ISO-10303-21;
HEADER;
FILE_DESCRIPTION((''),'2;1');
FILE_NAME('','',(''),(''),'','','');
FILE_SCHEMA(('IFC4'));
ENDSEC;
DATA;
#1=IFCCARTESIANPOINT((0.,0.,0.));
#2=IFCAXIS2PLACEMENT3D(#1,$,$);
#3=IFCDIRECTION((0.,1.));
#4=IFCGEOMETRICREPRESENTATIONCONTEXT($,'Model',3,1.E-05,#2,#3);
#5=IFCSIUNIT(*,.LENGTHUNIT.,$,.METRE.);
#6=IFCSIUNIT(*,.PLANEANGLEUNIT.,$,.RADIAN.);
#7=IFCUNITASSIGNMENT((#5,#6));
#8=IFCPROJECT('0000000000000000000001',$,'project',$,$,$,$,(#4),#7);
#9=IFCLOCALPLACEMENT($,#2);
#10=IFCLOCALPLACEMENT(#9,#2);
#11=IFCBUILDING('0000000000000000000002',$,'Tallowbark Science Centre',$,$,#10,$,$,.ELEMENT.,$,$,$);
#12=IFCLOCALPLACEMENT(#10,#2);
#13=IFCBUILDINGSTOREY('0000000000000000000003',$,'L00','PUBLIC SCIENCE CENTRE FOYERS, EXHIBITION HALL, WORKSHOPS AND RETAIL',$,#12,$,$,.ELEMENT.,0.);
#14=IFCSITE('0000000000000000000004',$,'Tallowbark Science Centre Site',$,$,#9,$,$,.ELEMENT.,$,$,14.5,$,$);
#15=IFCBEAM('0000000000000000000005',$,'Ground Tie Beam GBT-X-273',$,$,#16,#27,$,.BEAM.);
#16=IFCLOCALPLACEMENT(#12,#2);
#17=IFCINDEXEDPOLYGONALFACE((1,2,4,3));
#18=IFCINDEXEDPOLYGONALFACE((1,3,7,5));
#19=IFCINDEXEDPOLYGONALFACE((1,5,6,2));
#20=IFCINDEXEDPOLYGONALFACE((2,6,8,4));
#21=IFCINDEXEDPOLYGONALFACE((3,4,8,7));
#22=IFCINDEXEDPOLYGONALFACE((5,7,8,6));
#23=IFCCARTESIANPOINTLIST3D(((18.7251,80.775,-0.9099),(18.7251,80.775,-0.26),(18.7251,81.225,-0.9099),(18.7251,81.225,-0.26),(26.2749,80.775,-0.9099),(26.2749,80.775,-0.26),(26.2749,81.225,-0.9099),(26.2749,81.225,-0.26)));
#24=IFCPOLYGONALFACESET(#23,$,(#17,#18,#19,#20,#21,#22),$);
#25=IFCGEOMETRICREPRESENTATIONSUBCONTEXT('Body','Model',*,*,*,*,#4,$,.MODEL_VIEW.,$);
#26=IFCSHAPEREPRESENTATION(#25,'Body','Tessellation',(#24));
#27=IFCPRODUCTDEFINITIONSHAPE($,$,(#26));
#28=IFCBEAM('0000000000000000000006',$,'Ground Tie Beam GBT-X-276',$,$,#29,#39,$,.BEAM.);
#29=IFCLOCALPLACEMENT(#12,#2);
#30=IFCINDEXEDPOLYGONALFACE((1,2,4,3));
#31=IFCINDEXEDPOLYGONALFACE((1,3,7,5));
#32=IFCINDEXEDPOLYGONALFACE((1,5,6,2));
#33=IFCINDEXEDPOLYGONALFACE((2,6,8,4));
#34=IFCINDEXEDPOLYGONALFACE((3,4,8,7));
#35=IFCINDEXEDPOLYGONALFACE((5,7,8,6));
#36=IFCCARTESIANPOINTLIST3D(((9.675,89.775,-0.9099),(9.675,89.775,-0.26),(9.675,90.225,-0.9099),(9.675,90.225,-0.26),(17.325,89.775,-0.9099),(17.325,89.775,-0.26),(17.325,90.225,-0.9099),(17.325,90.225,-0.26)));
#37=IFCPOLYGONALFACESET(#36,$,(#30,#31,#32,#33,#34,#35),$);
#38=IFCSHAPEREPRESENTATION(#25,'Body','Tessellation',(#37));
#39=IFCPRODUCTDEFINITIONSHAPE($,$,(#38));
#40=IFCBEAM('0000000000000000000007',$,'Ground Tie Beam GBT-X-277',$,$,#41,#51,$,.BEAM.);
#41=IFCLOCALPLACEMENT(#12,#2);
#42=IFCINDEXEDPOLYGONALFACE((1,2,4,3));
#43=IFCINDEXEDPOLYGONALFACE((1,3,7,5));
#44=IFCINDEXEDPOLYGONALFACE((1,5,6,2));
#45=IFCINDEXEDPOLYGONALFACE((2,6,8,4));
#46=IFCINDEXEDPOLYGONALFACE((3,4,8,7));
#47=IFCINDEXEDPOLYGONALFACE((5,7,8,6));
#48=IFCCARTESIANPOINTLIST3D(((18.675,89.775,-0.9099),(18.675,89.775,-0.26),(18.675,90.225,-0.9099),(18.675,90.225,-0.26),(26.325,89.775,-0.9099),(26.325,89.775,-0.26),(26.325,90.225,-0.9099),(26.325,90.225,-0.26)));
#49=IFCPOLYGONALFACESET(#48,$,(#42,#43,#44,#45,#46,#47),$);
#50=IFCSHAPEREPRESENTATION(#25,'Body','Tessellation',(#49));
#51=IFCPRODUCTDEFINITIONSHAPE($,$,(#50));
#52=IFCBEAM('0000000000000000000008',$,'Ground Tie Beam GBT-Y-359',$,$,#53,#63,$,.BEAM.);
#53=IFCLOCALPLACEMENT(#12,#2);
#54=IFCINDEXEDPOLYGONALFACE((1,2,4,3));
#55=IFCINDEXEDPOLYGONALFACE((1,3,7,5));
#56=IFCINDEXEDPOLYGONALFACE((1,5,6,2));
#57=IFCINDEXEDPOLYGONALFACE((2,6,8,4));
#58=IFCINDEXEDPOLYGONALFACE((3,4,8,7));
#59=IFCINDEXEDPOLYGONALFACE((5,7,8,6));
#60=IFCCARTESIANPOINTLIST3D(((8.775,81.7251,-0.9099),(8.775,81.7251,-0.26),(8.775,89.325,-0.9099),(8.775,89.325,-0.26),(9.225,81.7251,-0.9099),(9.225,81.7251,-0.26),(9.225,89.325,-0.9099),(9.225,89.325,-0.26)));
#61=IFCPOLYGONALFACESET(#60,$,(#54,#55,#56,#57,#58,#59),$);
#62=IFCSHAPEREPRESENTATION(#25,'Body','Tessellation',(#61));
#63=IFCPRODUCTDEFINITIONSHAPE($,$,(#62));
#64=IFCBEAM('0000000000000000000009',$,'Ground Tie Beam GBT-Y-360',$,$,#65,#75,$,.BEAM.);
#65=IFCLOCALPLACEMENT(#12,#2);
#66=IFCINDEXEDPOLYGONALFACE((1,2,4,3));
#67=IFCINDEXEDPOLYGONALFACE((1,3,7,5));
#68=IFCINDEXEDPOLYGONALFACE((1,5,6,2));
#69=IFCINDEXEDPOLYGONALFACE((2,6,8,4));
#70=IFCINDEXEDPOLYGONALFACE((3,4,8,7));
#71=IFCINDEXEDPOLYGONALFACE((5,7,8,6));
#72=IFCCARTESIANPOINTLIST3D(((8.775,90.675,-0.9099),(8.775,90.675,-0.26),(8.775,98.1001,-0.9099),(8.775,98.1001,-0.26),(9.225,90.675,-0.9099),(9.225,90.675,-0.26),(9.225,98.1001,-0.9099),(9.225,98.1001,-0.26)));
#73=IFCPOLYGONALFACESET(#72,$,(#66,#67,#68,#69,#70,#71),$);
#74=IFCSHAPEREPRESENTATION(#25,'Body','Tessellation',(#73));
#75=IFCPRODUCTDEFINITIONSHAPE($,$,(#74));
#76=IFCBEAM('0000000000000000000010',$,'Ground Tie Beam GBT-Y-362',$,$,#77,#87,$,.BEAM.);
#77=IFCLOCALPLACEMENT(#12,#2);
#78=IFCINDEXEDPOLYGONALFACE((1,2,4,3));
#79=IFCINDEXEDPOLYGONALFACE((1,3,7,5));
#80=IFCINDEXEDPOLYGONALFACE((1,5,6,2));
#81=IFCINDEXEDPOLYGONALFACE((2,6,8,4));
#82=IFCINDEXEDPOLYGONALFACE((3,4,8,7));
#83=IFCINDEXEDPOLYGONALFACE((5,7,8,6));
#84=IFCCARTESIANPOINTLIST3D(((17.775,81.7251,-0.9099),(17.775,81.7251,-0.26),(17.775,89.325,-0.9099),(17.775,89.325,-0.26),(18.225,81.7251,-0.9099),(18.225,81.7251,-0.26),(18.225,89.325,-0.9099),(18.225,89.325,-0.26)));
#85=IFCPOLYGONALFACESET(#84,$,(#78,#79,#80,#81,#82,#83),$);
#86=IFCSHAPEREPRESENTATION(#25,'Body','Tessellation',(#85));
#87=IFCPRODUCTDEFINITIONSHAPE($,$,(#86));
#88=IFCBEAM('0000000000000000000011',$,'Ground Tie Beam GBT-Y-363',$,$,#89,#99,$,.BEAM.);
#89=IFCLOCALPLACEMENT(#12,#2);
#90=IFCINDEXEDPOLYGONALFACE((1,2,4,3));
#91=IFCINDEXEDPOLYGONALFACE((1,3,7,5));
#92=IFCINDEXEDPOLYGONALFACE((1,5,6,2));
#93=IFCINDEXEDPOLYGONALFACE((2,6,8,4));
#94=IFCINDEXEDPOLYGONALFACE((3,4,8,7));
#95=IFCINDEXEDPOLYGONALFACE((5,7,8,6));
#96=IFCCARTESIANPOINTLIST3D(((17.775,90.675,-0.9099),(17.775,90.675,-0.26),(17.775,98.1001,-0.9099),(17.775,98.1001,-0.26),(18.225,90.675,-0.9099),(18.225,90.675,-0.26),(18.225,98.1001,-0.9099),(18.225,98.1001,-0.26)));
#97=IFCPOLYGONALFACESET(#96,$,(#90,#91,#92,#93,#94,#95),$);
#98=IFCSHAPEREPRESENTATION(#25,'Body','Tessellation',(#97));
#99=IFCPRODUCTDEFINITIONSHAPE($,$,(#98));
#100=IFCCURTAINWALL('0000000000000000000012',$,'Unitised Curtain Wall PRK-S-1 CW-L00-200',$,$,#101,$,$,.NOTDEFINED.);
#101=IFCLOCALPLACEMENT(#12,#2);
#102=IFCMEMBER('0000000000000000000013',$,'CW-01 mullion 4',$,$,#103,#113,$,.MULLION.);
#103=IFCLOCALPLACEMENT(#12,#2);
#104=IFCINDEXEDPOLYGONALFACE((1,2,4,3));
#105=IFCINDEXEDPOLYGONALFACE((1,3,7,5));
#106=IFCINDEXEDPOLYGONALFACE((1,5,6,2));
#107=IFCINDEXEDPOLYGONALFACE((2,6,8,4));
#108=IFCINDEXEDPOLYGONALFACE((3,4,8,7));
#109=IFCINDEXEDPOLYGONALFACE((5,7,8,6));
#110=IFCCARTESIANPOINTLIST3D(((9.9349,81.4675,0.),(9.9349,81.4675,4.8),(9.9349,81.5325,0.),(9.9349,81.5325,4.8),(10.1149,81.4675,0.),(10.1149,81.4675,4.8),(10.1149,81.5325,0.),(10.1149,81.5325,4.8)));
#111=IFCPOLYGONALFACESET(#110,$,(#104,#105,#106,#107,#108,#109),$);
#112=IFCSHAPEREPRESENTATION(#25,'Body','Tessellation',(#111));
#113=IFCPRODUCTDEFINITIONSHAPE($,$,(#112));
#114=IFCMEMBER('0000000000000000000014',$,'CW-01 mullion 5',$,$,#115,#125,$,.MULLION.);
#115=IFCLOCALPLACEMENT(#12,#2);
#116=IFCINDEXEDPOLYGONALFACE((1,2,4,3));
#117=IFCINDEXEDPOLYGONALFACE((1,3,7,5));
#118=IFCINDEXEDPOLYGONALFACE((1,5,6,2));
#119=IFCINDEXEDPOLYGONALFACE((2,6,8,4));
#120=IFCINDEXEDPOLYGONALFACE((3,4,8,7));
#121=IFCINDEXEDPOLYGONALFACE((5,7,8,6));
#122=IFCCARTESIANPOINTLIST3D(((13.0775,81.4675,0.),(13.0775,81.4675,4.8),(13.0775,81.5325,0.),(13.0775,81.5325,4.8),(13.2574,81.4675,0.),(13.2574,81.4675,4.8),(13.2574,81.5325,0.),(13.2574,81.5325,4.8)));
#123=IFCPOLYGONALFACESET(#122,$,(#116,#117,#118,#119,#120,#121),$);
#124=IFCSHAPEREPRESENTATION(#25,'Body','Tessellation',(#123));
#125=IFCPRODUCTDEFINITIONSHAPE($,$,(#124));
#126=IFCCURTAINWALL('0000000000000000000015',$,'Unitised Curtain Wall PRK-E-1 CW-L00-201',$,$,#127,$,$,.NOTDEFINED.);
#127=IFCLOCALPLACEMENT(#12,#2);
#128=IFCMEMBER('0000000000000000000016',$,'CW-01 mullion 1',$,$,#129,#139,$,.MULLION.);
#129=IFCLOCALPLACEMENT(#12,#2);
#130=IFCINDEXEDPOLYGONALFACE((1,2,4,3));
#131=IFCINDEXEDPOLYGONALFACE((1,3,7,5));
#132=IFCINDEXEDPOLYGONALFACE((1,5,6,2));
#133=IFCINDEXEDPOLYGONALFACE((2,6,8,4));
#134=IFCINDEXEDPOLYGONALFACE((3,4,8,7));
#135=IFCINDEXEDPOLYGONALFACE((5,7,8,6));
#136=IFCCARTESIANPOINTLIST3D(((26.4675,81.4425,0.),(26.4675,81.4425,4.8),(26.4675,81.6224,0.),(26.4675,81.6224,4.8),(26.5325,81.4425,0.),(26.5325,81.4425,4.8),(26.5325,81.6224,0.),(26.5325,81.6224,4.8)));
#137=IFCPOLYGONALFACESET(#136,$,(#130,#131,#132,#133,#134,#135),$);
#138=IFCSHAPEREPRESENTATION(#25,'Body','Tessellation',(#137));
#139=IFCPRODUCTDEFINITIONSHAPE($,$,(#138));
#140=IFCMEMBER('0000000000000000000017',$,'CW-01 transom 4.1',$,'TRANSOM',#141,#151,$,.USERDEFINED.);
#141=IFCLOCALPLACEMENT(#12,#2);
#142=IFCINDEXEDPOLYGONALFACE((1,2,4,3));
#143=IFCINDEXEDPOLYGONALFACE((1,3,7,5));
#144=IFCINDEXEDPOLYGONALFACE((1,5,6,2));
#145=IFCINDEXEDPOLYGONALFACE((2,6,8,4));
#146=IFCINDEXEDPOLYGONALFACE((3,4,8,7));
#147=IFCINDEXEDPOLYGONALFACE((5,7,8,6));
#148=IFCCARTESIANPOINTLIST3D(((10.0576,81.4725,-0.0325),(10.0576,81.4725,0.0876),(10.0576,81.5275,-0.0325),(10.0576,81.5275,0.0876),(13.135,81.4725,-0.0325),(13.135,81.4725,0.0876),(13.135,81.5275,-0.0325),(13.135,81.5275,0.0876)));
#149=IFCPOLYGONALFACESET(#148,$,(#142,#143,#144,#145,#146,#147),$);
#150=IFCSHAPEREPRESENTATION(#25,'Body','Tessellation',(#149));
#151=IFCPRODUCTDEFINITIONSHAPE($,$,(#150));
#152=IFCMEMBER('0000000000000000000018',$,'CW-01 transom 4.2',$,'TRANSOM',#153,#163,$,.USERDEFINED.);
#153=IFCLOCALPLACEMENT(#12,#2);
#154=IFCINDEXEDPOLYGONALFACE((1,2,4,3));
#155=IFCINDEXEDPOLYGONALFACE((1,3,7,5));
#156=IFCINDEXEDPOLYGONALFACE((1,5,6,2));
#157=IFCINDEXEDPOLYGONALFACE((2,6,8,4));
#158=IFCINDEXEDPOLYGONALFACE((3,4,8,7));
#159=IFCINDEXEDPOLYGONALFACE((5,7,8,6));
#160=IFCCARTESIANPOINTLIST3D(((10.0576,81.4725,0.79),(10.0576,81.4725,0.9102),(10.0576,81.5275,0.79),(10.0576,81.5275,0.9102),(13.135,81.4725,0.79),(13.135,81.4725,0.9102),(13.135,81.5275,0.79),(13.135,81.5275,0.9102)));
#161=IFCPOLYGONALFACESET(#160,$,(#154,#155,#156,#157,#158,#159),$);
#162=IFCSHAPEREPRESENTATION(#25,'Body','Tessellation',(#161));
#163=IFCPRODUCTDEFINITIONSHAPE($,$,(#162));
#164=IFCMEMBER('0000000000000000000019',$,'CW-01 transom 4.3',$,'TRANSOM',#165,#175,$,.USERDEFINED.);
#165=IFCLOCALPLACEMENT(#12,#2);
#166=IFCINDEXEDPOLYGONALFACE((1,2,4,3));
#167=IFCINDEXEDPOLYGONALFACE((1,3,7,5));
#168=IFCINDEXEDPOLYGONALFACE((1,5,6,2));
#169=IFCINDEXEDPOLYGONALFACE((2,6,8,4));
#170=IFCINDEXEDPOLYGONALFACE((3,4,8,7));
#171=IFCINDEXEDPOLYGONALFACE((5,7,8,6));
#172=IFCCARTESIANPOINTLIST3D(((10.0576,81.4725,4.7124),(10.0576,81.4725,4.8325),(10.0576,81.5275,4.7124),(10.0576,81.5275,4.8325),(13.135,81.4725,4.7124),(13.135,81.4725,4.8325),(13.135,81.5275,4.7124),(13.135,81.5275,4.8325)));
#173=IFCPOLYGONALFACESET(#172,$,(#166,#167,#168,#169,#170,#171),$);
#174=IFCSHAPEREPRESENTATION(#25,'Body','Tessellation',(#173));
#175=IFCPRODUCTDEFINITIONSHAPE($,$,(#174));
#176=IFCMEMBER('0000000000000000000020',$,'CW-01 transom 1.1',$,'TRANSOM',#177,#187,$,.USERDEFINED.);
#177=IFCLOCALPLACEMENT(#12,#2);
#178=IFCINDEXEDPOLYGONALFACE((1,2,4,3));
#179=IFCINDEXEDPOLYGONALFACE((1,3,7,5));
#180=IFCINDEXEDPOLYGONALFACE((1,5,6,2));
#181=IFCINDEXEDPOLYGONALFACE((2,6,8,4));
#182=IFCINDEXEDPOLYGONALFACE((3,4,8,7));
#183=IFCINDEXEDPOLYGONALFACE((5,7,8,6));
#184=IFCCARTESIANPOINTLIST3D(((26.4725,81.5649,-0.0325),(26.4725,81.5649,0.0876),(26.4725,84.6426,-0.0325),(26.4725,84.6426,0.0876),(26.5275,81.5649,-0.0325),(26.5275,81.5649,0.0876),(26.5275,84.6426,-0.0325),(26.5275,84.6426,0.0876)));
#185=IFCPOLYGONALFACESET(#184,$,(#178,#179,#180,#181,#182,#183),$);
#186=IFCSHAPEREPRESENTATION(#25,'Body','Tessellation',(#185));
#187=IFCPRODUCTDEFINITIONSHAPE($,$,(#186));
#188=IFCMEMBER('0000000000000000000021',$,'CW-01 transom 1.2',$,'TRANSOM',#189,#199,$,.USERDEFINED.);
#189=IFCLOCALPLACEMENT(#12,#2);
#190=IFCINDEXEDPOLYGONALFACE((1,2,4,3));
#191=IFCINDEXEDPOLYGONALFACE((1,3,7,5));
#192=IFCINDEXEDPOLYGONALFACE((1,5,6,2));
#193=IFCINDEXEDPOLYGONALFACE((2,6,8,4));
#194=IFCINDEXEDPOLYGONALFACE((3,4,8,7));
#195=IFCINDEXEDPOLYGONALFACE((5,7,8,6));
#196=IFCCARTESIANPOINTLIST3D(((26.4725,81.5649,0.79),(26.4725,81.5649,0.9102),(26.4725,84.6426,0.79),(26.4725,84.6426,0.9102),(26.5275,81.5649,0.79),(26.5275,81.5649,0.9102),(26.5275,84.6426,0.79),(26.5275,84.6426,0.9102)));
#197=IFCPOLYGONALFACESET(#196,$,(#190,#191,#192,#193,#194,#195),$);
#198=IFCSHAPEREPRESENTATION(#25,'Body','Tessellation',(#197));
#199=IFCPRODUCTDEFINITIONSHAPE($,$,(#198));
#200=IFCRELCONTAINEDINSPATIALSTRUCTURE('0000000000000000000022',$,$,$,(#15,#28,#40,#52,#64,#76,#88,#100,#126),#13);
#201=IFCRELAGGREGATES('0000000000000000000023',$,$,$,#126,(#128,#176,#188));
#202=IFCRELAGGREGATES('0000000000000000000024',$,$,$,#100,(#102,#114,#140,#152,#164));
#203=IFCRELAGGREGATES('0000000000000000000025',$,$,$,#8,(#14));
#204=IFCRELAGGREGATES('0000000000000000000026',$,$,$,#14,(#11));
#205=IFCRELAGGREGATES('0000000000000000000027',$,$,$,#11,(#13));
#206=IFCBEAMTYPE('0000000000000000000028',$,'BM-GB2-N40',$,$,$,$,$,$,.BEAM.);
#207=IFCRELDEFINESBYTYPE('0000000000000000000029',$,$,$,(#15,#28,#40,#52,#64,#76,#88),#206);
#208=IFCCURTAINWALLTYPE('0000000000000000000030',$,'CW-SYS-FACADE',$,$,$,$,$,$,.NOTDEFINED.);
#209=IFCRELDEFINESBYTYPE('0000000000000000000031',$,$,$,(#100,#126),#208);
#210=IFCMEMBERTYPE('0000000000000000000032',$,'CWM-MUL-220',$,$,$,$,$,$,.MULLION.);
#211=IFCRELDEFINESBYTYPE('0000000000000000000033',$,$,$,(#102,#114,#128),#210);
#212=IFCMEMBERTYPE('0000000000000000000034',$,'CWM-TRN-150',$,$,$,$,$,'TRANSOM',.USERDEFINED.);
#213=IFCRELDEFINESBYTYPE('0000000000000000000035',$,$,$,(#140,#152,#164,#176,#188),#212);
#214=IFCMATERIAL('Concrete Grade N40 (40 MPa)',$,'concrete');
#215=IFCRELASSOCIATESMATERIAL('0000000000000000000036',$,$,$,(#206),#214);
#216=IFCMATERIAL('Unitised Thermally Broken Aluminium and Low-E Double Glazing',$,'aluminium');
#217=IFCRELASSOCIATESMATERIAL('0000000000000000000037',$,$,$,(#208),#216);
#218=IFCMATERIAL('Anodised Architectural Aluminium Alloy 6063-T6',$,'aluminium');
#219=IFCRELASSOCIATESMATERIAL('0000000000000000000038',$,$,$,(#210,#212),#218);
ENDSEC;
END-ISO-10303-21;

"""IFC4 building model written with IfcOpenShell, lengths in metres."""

from ifc_helpers import new_model, si_unit, direction, frame, origin, origin_2d, place, context, subcontext, project, spatial, rectangle, extrude, material, material_profile, profile_set, type_object, element, aggregate, save


model = new_model("IFC4")

# Units and contexts
model_context = context("Model", 3, precision=1e-05, world=origin(), true_north=direction((0.0, 1.0)))
body_context = subcontext(model_context, "Body", "Model", "MODEL_VIEW")
ifc_project = project(units=[si_unit("LENGTHUNIT", "METRE"), si_unit("PLANEANGLEUNIT", "RADIAN")], contexts=[model_context])

# Site, building, storey
site_placement = place(None, origin())
site = spatial("IfcSite", under=ifc_project, at=site_placement, Name="Tallowbark Science Centre Site", CompositionType="ELEMENT", RefElevation=14.5)
building_placement = place(site_placement, origin())
building = spatial("IfcBuilding", under=site, at=building_placement, Name="Tallowbark Science Centre", CompositionType="ELEMENT")
storey_placement = place(building_placement, origin())
storey = spatial("IfcBuildingStorey", under=building, at=storey_placement, Name="L00", Description="PUBLIC SCIENCE CENTRE FOYERS, EXHIBITION HALL, WORKSHOPS AND RETAIL", CompositionType="ELEMENT", Elevation=0.0)

# Shared definitions
ifc_material_1 = material(Name="Concrete Grade N40 (40 MPa)", Category="concrete")

# Beams
ifc_material_profile_1 = material_profile(ifc_material_1, rectangle(XDim=0.45, YDim=0.6499, at=origin_2d()), Name="RC450x650")
ifc_profile_set_1 = profile_set([ifc_material_profile_1], Name="Concrete Grade N40 (40 MPa)")
beam_type = type_object("IfcBeamType", Name="BM-GB2-N40", PredefinedType="BEAM", material=ifc_profile_set_1)
for number, where, z_axis, x_axis, name in (
    (1, (18.7251, 81.0, -0.585), (1.0, 0.0, 0.0), (0.0, 1.0, 0.0), "Ground Tie Beam GBT-X-273"),
):
    element("IfcBeam", number, at=place(storey_placement, frame(where, z_axis=z_axis, x_axis=x_axis)), inside=storey, type_object=beam_type, Name=name, PredefinedType="BEAM", context=body_context, shape_type="SweptSolid", body=[
        extrude(rectangle(XDim=0.45, YDim=0.6499, at=origin_2d()), origin(), (0.0, 0.0, 1.0), 7.5498),
    ])
for number, where, z_axis, x_axis, name in (
    (2, (9.675, 90.0, -0.585), (1.0, 0.0, 0.0), (0.0, 1.0, 0.0), "Ground Tie Beam GBT-X-276"),
    (3, (18.675, 90.0, -0.585), (1.0, 0.0, 0.0), (0.0, 1.0, 0.0), "Ground Tie Beam GBT-X-277"),
):
    element("IfcBeam", number, at=place(storey_placement, frame(where, z_axis=z_axis, x_axis=x_axis)), inside=storey, type_object=beam_type, Name=name, PredefinedType="BEAM", context=body_context, shape_type="SweptSolid", body=[
        extrude(rectangle(XDim=0.45, YDim=0.6499, at=origin_2d()), origin(), (0.0, 0.0, 1.0), 7.6499),
    ])
beam_1_placement = place(storey_placement, frame((9.0, 81.7251, -0.585), z_axis=(0.0, 1.0, 0.0), x_axis=(-1.0, 0.0, 0.0)))
element("IfcBeam", 4, at=beam_1_placement, inside=storey, type_object=beam_type, Name="Ground Tie Beam GBT-Y-359", PredefinedType="BEAM", context=body_context, shape_type="SweptSolid", body=[
    extrude(rectangle(XDim=0.45, YDim=0.6499, at=origin_2d()), origin(), (0.0, 0.0, 1.0), 7.5999),
])
beam_2_placement = place(storey_placement, frame((9.0, 90.675, -0.585), z_axis=(0.0, 1.0, 0.0), x_axis=(-1.0, 0.0, 0.0)))
element("IfcBeam", 5, at=beam_2_placement, inside=storey, type_object=beam_type, Name="Ground Tie Beam GBT-Y-360", PredefinedType="BEAM", context=body_context, shape_type="SweptSolid", body=[
    extrude(rectangle(XDim=0.45, YDim=0.6499, at=origin_2d()), origin(), (0.0, 0.0, 1.0), 7.425),
])
beam_3_placement = place(storey_placement, frame((18.0, 81.7251, -0.585), z_axis=(0.0, 1.0, 0.0), x_axis=(-1.0, 0.0, 0.0)))
element("IfcBeam", 6, at=beam_3_placement, inside=storey, type_object=beam_type, Name="Ground Tie Beam GBT-Y-362", PredefinedType="BEAM", context=body_context, shape_type="SweptSolid", body=[
    extrude(rectangle(XDim=0.45, YDim=0.6499, at=origin_2d()), origin(), (0.0, 0.0, 1.0), 7.5999),
])
beam_4_placement = place(storey_placement, frame((18.0, 90.675, -0.585), z_axis=(0.0, 1.0, 0.0), x_axis=(-1.0, 0.0, 0.0)))
element("IfcBeam", 7, at=beam_4_placement, inside=storey, type_object=beam_type, Name="Ground Tie Beam GBT-Y-363", PredefinedType="BEAM", context=body_context, shape_type="SweptSolid", body=[
    extrude(rectangle(XDim=0.45, YDim=0.6499, at=origin_2d()), origin(), (0.0, 0.0, 1.0), 7.425),
])

# Curtain wall, members
ifc_material_2 = material(Name="Unitised Thermally Broken Aluminium and Low-E Double Glazing", Category="aluminium")
curtain_wall_type = type_object("IfcCurtainWallType", Name="CW-SYS-FACADE", PredefinedType="NOTDEFINED", material=ifc_material_2)
curtain_wall_1_placement = place(storey_placement, origin())
curtain_wall_1 = element("IfcCurtainWall", 8, at=curtain_wall_1_placement, inside=storey, type_object=curtain_wall_type, Name="Unitised Curtain Wall PRK-S-1 CW-L00-200", PredefinedType="NOTDEFINED")
ifc_material_3 = material(Name="Anodised Architectural Aluminium Alloy 6063-T6", Category="aluminium")
ifc_material_profile_2 = material_profile(ifc_material_3, rectangle(XDim=0.0649, YDim=0.1799, at=origin_2d()), Name="ALU65x180")
ifc_profile_set_2 = profile_set([ifc_material_profile_2], Name="Anodised Architectural Aluminium Alloy 6063-T6")
member_type_1 = type_object("IfcMemberType", Name="CWM-MUL-220", PredefinedType="MULLION", material=ifc_profile_set_2)
member_1_placement = place(storey_placement, frame((10.0249, 81.5, 0.0), z_axis=(0.0, 0.0, 1.0), x_axis=(0.0, 1.0, 0.0)))
member_1 = element("IfcMember", 9, at=member_1_placement, type_object=member_type_1, Name="CW-01 mullion 4", PredefinedType="MULLION", context=body_context, shape_type="SweptSolid", body=[
    extrude(rectangle(XDim=0.0649, YDim=0.1799, at=origin_2d()), origin(), (0.0, 0.0, 1.0), 4.8),
])
member_2_placement = place(storey_placement, frame((13.1675, 81.5, 0.0), z_axis=(0.0, 0.0, 1.0), x_axis=(0.0, 1.0, 0.0)))
member_2 = element("IfcMember", 10, at=member_2_placement, type_object=member_type_1, Name="CW-01 mullion 5", PredefinedType="MULLION", context=body_context, shape_type="SweptSolid", body=[
    extrude(rectangle(XDim=0.0649, YDim=0.1799, at=origin_2d()), origin(), (0.0, 0.0, 1.0), 4.8),
])

# Curtain wall, member
curtain_wall_2_placement = place(storey_placement, origin())
curtain_wall_2 = element("IfcCurtainWall", 11, at=curtain_wall_2_placement, inside=storey, type_object=curtain_wall_type, Name="Unitised Curtain Wall PRK-E-1 CW-L00-201", PredefinedType="NOTDEFINED")
member_3_placement = place(storey_placement, frame((26.5, 81.5325, 0.0), z_axis=(0.0, 0.0, 1.0), x_axis=(-1.0, 0.0, 0.0)))
member_3 = element("IfcMember", 12, at=member_3_placement, type_object=member_type_1, Name="CW-01 mullion 1", PredefinedType="MULLION", context=body_context, shape_type="SweptSolid", body=[
    extrude(rectangle(XDim=0.0649, YDim=0.1799, at=origin_2d()), origin(), (0.0, 0.0, 1.0), 4.8),
])

# Members
ifc_material_profile_3 = material_profile(ifc_material_3, rectangle(XDim=0.0549, YDim=0.1201, at=origin_2d()), Name="ALU55x120")
ifc_profile_set_3 = profile_set([ifc_material_profile_3], Name="Anodised Architectural Aluminium Alloy 6063-T6")
member_type_2 = type_object("IfcMemberType", Name="CWM-TRN-150", ElementType="TRANSOM", PredefinedType="USERDEFINED", material=ifc_profile_set_3)
member_4_placement = place(storey_placement, frame((10.0576, 81.5, 0.0276), z_axis=(1.0, 0.0, 0.0), x_axis=(0.0, 1.0, 0.0)))
member_4 = element("IfcMember", 13, at=member_4_placement, type_object=member_type_2, Name="CW-01 transom 4.1", ObjectType="TRANSOM", PredefinedType="USERDEFINED", context=body_context, shape_type="SweptSolid", body=[
    extrude(rectangle(XDim=0.0549, YDim=0.1201, at=origin_2d()), origin(), (0.0, 0.0, 1.0), 3.0774),
])
member_5_placement = place(storey_placement, frame((10.0576, 81.5, 0.8501), z_axis=(1.0, 0.0, 0.0), x_axis=(0.0, 1.0, 0.0)))
member_5 = element("IfcMember", 14, at=member_5_placement, type_object=member_type_2, Name="CW-01 transom 4.2", ObjectType="TRANSOM", PredefinedType="USERDEFINED", context=body_context, shape_type="SweptSolid", body=[
    extrude(rectangle(XDim=0.0549, YDim=0.1201, at=origin_2d()), origin(), (0.0, 0.0, 1.0), 3.0774),
])
member_6_placement = place(storey_placement, frame((10.0576, 81.5, 4.7725), z_axis=(1.0, 0.0, 0.0), x_axis=(0.0, 1.0, 0.0)))
member_6 = element("IfcMember", 15, at=member_6_placement, type_object=member_type_2, Name="CW-01 transom 4.3", ObjectType="TRANSOM", PredefinedType="USERDEFINED", context=body_context, shape_type="SweptSolid", body=[
    extrude(rectangle(XDim=0.0549, YDim=0.1201, at=origin_2d()), origin(), (0.0, 0.0, 1.0), 3.0774),
])
member_7_placement = place(storey_placement, frame((26.5, 81.5649, 0.0276), z_axis=(0.0, 1.0, 0.0), x_axis=(-1.0, 0.0, 0.0)))
member_7 = element("IfcMember", 16, at=member_7_placement, type_object=member_type_2, Name="CW-01 transom 1.1", ObjectType="TRANSOM", PredefinedType="USERDEFINED", context=body_context, shape_type="SweptSolid", body=[
    extrude(rectangle(XDim=0.0549, YDim=0.1201, at=origin_2d()), origin(), (0.0, 0.0, 1.0), 3.0776),
])
member_8_placement = place(storey_placement, frame((26.5, 81.5649, 0.8501), z_axis=(0.0, 1.0, 0.0), x_axis=(-1.0, 0.0, 0.0)))
member_8 = element("IfcMember", 17, at=member_8_placement, type_object=member_type_2, Name="CW-01 transom 1.2", ObjectType="TRANSOM", PredefinedType="USERDEFINED", context=body_context, shape_type="SweptSolid", body=[
    extrude(rectangle(XDim=0.0549, YDim=0.1201, at=origin_2d()), origin(), (0.0, 0.0, 1.0), 3.0776),
])
aggregate(curtain_wall_2, [member_3, member_7, member_8])

aggregate(curtain_wall_1, [member_1, member_2, member_4, member_5, member_6])

save(model, "model.ifc")
